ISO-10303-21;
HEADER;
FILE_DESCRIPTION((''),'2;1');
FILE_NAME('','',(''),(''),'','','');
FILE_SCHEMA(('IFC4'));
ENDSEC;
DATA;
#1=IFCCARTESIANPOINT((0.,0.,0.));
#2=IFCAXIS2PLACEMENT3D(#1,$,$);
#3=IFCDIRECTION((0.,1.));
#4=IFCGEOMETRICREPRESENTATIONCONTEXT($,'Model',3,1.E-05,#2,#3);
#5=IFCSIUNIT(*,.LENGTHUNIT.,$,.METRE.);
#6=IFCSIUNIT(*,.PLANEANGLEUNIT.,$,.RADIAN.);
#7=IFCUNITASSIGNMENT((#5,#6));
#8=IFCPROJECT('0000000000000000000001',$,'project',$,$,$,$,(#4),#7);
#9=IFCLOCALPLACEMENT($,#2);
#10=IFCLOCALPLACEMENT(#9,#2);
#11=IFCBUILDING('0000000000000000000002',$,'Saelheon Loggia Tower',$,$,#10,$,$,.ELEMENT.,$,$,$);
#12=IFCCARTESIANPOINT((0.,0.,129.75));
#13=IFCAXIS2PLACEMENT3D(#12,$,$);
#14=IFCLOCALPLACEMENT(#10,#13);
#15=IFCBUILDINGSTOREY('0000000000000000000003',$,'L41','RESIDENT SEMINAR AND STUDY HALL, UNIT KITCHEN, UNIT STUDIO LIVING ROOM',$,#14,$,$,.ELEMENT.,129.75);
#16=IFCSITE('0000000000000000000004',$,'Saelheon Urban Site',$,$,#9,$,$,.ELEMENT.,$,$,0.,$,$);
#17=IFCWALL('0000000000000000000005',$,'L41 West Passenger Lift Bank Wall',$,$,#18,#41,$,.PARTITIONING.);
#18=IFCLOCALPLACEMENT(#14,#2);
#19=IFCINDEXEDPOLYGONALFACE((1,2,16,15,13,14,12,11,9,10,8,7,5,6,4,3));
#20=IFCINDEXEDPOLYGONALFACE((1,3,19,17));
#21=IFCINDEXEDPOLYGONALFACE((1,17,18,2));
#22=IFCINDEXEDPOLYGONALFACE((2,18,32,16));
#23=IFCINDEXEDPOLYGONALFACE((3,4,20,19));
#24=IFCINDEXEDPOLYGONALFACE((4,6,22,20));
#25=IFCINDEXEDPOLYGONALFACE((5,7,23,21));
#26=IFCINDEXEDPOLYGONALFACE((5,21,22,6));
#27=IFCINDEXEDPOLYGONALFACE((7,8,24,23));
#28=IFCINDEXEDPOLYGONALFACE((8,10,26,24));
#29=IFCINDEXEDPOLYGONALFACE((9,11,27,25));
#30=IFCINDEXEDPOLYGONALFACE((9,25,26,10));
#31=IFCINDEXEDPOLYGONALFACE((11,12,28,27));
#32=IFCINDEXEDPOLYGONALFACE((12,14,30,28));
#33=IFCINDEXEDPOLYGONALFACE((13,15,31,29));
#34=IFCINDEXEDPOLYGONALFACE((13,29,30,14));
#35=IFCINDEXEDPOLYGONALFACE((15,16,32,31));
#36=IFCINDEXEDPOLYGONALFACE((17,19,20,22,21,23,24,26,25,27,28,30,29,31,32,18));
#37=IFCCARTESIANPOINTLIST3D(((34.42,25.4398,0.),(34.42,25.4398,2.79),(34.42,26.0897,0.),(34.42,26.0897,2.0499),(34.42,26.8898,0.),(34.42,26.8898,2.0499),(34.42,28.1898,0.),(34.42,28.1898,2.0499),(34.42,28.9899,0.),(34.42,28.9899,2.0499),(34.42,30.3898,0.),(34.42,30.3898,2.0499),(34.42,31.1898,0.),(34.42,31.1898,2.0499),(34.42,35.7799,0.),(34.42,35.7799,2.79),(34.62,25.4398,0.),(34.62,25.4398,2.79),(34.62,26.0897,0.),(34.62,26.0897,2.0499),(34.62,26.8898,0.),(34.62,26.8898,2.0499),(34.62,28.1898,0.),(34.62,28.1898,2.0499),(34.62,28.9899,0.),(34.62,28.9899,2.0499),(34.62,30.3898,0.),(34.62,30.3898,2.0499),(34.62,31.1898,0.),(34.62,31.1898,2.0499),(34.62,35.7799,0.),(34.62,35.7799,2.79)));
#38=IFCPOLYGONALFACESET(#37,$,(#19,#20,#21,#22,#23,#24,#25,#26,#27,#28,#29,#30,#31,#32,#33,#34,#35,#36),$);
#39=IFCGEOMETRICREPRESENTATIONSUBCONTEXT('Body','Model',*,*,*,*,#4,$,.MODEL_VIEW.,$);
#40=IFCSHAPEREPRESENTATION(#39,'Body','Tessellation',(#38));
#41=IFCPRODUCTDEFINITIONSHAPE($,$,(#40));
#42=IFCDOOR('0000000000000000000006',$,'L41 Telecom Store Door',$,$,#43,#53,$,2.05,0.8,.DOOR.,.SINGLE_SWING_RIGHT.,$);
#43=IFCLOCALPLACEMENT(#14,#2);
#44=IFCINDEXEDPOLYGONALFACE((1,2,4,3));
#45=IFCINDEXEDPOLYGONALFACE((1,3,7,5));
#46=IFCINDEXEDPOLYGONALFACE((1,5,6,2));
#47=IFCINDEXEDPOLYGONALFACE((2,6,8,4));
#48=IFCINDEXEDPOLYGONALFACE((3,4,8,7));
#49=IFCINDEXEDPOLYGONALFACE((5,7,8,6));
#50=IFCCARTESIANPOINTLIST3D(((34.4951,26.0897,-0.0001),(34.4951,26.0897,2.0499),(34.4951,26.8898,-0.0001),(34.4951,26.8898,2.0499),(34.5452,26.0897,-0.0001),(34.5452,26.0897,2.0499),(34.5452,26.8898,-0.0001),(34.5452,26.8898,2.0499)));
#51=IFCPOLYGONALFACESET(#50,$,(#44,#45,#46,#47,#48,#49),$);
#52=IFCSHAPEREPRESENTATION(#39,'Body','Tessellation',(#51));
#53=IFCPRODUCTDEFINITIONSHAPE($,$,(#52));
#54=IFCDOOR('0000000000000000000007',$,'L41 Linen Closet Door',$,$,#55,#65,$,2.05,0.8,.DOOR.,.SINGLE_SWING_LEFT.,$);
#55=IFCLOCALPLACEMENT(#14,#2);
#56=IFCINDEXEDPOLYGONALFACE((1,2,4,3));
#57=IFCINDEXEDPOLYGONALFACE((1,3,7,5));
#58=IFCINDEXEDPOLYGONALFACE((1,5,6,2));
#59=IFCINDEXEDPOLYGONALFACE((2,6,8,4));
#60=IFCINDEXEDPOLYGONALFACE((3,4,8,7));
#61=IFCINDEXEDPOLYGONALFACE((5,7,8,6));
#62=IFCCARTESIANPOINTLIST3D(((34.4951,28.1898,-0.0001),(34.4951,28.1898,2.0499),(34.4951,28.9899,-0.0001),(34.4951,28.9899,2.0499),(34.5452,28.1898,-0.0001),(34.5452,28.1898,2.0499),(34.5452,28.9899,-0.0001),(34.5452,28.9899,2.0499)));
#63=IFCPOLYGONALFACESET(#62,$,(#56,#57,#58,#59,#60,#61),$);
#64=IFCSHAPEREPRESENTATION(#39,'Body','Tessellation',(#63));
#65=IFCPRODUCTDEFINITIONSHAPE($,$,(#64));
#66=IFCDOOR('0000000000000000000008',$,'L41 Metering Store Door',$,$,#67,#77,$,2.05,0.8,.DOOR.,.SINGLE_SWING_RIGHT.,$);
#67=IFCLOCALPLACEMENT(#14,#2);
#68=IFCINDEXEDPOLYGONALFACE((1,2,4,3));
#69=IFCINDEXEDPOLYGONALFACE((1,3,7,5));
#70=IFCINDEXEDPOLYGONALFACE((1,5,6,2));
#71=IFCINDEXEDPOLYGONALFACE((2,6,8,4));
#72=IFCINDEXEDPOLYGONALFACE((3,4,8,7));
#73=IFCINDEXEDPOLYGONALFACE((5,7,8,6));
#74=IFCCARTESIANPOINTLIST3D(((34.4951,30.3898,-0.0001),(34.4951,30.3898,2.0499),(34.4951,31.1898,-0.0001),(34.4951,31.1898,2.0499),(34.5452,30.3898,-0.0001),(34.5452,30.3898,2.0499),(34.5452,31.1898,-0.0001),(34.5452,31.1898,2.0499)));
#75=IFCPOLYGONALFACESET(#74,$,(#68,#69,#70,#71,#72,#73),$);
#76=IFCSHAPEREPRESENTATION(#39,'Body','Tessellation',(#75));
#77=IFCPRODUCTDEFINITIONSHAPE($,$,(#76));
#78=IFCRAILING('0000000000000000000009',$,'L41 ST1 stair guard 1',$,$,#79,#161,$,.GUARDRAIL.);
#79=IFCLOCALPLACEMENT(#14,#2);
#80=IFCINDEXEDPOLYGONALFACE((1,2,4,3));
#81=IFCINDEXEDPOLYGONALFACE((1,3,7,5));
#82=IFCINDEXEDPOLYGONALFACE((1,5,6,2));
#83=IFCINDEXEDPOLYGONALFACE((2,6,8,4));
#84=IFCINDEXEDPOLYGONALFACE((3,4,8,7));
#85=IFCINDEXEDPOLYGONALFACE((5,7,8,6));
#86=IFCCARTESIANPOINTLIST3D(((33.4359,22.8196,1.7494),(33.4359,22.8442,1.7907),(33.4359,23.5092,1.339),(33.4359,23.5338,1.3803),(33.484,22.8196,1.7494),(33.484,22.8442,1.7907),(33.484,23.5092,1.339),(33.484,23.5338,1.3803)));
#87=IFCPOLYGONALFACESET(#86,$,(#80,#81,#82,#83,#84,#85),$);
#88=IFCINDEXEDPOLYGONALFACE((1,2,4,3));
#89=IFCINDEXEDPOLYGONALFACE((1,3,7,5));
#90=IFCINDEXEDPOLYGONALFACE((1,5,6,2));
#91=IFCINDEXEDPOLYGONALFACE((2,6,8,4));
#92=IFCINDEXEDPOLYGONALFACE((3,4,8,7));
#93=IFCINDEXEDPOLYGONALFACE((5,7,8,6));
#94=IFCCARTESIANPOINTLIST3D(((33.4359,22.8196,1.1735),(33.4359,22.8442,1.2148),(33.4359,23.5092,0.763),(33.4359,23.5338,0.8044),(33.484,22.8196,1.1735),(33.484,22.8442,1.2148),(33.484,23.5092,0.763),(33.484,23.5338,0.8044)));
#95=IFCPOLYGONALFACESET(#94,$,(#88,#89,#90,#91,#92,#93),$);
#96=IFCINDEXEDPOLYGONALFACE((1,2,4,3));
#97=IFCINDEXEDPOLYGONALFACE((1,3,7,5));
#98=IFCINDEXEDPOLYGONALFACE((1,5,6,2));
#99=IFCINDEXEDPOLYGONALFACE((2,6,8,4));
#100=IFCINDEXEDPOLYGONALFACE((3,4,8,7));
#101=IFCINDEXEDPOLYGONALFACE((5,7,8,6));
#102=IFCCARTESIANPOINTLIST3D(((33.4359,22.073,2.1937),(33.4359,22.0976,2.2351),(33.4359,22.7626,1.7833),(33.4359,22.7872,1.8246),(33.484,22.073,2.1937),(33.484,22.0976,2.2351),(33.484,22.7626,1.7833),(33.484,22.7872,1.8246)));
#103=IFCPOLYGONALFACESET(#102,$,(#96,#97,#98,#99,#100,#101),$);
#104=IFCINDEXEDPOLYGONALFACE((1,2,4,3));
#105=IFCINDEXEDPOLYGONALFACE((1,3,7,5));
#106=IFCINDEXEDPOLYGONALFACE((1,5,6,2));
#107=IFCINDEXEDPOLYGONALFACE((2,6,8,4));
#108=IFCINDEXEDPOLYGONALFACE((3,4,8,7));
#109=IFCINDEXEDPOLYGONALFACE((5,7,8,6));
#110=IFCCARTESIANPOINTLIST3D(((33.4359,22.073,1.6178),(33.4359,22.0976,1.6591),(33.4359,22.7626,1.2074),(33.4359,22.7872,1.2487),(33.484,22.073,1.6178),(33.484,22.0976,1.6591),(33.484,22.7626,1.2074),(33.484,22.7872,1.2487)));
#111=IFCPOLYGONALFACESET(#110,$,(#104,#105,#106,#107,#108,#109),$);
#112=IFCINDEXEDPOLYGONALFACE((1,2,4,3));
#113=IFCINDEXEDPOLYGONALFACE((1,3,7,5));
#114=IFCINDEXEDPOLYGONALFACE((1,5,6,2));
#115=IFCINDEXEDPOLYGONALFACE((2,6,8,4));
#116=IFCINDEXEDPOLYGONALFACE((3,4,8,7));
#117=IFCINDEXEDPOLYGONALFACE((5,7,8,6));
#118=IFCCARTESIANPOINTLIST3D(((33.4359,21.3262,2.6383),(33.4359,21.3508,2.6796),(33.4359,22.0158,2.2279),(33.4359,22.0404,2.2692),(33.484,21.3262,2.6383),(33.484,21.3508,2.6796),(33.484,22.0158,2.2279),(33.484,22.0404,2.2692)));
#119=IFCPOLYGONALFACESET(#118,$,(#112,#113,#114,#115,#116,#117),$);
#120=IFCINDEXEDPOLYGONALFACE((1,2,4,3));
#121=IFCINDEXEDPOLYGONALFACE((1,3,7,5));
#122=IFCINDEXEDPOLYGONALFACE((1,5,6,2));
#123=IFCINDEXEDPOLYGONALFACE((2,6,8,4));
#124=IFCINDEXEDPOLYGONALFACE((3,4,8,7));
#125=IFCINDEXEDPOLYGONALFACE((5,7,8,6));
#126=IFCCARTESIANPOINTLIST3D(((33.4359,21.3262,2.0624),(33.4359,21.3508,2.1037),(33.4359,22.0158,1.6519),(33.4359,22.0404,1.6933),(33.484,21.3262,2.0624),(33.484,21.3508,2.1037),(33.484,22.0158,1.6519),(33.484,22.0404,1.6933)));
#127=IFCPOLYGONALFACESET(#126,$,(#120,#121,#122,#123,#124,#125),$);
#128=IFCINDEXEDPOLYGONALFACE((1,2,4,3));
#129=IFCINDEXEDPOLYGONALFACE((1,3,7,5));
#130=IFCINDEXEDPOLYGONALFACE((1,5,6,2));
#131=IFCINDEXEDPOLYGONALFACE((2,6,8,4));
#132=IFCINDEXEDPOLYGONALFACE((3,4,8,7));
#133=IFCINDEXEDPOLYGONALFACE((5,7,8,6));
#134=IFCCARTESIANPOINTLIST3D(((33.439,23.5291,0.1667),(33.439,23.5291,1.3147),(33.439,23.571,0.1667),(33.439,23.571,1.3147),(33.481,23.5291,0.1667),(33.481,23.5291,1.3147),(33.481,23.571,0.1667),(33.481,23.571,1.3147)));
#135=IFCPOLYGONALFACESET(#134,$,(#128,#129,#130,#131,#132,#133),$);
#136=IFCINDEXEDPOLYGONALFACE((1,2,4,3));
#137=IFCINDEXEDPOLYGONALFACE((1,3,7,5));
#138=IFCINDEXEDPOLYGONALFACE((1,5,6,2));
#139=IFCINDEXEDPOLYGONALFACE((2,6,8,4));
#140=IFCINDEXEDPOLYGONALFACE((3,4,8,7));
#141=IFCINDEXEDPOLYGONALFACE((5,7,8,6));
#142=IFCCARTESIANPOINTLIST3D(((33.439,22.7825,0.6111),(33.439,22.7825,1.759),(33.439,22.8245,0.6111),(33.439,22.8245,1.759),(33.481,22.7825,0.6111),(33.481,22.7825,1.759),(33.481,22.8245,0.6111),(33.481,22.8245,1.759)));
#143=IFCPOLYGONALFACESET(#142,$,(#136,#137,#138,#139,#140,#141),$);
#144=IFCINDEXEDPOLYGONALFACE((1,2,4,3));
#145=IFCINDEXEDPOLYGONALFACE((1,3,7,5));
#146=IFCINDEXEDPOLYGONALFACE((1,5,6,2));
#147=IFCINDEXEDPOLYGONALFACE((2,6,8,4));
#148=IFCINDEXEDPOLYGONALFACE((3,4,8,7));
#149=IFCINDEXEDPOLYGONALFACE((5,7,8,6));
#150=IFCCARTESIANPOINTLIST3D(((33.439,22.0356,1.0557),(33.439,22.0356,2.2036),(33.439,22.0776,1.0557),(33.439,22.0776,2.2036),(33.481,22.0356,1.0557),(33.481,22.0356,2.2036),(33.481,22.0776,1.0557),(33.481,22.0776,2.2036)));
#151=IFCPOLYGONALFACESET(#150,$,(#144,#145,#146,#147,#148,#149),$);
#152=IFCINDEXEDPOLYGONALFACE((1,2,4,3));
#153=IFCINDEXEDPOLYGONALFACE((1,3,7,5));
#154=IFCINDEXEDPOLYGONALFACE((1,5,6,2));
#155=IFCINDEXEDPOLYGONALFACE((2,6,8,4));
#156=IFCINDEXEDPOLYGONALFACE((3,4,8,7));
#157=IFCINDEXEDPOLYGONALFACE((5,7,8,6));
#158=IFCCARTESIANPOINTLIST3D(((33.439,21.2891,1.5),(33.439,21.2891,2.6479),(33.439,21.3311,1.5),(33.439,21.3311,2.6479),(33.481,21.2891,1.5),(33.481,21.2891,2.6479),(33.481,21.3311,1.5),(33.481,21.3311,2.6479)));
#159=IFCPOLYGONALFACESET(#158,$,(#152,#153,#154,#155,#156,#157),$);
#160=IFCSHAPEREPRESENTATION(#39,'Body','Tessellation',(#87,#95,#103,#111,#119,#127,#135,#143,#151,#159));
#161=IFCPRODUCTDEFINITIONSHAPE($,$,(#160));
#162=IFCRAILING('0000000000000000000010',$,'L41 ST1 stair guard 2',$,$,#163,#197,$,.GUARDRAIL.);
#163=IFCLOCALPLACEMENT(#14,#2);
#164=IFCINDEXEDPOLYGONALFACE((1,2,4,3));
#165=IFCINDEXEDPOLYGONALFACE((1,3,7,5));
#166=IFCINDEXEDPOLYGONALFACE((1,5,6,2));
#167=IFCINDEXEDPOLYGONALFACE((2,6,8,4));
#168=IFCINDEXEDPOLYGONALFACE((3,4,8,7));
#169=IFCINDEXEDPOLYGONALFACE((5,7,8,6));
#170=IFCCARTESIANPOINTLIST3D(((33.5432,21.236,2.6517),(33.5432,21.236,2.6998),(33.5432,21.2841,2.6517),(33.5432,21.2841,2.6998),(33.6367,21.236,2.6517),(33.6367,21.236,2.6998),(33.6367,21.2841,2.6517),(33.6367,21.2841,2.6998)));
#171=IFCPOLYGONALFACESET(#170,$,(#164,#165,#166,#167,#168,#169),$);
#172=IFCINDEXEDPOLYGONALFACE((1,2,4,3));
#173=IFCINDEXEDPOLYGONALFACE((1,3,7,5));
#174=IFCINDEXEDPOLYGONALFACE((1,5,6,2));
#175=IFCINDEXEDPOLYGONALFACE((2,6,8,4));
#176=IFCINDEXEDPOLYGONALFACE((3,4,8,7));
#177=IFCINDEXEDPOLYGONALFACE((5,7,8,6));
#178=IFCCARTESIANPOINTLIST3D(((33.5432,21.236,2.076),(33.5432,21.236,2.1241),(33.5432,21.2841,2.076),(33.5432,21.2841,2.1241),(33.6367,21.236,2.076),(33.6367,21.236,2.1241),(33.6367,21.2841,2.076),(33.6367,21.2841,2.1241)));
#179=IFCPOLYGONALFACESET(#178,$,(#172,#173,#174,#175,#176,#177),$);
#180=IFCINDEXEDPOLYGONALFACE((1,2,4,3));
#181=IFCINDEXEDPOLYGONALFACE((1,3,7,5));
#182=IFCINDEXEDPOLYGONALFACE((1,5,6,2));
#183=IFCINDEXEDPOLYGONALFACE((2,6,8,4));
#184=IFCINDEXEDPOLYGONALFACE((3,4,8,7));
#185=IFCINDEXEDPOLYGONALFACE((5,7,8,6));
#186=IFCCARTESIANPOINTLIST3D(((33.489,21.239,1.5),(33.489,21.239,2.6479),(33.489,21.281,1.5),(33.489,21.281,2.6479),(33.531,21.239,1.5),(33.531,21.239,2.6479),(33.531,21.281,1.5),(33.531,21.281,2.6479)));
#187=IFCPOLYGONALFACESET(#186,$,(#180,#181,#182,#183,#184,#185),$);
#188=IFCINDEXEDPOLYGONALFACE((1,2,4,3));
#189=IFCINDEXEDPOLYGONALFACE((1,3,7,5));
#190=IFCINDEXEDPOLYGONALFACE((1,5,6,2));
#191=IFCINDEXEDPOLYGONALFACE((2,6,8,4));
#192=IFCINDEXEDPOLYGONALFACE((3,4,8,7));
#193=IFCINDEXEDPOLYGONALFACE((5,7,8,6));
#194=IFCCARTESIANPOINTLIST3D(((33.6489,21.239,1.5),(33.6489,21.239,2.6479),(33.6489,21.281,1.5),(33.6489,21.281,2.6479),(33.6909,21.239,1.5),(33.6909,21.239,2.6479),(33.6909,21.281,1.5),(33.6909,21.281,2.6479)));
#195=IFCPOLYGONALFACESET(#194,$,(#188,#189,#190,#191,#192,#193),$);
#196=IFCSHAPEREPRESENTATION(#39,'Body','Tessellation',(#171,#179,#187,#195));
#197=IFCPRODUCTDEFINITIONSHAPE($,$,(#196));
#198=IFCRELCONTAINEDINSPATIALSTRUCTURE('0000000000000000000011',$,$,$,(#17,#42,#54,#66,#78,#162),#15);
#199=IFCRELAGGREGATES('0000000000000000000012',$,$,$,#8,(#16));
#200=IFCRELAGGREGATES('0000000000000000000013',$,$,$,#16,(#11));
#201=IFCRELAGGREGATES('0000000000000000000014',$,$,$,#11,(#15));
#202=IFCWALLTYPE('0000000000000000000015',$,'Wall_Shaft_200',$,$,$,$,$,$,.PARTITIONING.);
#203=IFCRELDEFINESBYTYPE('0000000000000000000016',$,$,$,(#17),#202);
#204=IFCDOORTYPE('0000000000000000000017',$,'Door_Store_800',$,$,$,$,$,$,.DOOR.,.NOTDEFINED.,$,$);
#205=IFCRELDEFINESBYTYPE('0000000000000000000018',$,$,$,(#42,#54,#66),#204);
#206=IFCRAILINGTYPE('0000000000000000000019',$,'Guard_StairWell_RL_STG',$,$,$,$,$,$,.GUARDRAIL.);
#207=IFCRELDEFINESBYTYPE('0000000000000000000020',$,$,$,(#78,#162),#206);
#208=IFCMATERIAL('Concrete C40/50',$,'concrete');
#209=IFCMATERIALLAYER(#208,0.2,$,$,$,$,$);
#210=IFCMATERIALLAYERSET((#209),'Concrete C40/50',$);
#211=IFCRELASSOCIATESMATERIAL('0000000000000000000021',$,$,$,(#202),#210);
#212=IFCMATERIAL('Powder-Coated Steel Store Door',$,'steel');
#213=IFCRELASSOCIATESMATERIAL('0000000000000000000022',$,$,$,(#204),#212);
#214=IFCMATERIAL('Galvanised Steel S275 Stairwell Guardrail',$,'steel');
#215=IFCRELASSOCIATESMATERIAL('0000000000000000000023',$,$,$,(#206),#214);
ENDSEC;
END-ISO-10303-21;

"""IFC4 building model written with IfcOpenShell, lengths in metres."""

from ifc_helpers import new_model, si_unit, direction, frame, frame_2d, origin, origin_2d, place, context, subcontext, project, spatial, rectangle, extrude, source, transform, mapped, material, layer, layer_set, type_object, element, fill, save


model = new_model("IFC4")

# Units and contexts
model_context = context("Model", 3, precision=1e-05, world=origin(), true_north=direction((0.0, 1.0)))
body_context = subcontext(model_context, "Body", "Model", "MODEL_VIEW")
ifc_project = project(units=[si_unit("LENGTHUNIT", "METRE"), si_unit("PLANEANGLEUNIT", "RADIAN")], contexts=[model_context])

# Site, building, storey
site_placement = place(None, origin())
site = spatial("IfcSite", under=ifc_project, at=site_placement, Name="Saelheon Urban Site", CompositionType="ELEMENT", RefElevation=0.0)
building_placement = place(site_placement, origin())
building = spatial("IfcBuilding", under=site, at=building_placement, Name="Saelheon Loggia Tower", CompositionType="ELEMENT")
storey_placement = place(building_placement, frame((0.0, 0.0, 129.75)))
storey = spatial("IfcBuildingStorey", under=building, at=storey_placement, Name="L41", Description="RESIDENT SEMINAR AND STUDY HALL, UNIT KITCHEN, UNIT STUDIO LIVING ROOM", CompositionType="ELEMENT", Elevation=129.75)

# Shared definitions
ifc_material_1 = material(Name="Concrete C40/50", Category="concrete")
ifc_layer = layer(ifc_material_1, 0.2)
ifc_layer_set = layer_set([ifc_layer], Name="Concrete C40/50")
wall_type = type_object("IfcWallType", Name="Wall_Shaft_200", PredefinedType="PARTITIONING", material=ifc_layer_set)
ifc_material_2 = material(Name="Powder-Coated Steel Store Door", Category="steel")
door_type_1 = type_object("IfcDoorType", Name="Door_Store_800", OperationType="NOTDEFINED", PredefinedType="DOOR", material=ifc_material_2)
shared_shape_1 = source(origin(), body_context, "Body", "SweptSolid", [
    extrude(rectangle(XDim=0.8, YDim=2.05, at=frame_2d((0.3999, 1.0249))), frame((0.0, 0.0249, 0.0), z_axis=(0.0, -1.0, 0.0), x_axis=(1.0, 0.0, 0.0)), (0.0, 0.0, 1.0), 0.05),
])

# Wall, openings, doors
wall_1_placement = place(storey_placement, frame((34.52, 25.4399, 0.0), z_axis=(0.0, 0.0, 1.0), x_axis=(0.0, 1.0, 0.0)))
wall_1 = element("IfcWall", 1, at=wall_1_placement, inside=storey, type_object=wall_type, Name="L41 West Passenger Lift Bank Wall", PredefinedType="PARTITIONING", context=body_context, shape_type="SweptSolid", body=[
    extrude(rectangle(XDim=10.3401, YDim=0.2, at=frame_2d((5.1699, 0.0))), origin(), (0.0, 0.0, 1.0), 2.79),
])
opening_1_placement = place(wall_1_placement, frame((0.6499, 0.0, 0.0)))
opening_1 = element("IfcOpeningElement", 2, at=opening_1_placement, cuts=wall_1, PredefinedType="OPENING", context=body_context, shape_type="SweptSolid", body=[
    extrude(rectangle(XDim=0.8, YDim=2.05, at=frame_2d((0.3999, 1.0249))), frame((0.0, 0.1121, 0.0), z_axis=(0.0, -1.0, 0.0), x_axis=(1.0, 0.0, 0.0)), (0.0, 0.0, 1.0), 0.2239),
])
opening_2_placement = place(wall_1_placement, frame((2.75, 0.0, 0.0)))
opening_2 = element("IfcOpeningElement", 3, at=opening_2_placement, cuts=wall_1, PredefinedType="OPENING", context=body_context, shape_type="SweptSolid", body=[
    extrude(rectangle(XDim=0.8, YDim=2.05, at=frame_2d((0.3999, 1.0249))), frame((0.0, 0.1121, 0.0), z_axis=(0.0, -1.0, 0.0), x_axis=(1.0, 0.0, 0.0)), (0.0, 0.0, 1.0), 0.2239),
])
opening_3_placement = place(wall_1_placement, frame((4.95, 0.0, 0.0)))
opening_3 = element("IfcOpeningElement", 4, at=opening_3_placement, cuts=wall_1, PredefinedType="OPENING", context=body_context, shape_type="SweptSolid", body=[
    extrude(rectangle(XDim=0.8, YDim=2.05, at=frame_2d((0.3999, 1.0249))), frame((0.0, 0.1121, 0.0), z_axis=(0.0, -1.0, 0.0), x_axis=(1.0, 0.0, 0.0)), (0.0, 0.0, 1.0), 0.2239),
])
door_1_placement = place(opening_1_placement, origin())
door_1 = element("IfcDoor", 5, at=door_1_placement, inside=storey, type_object=door_type_1, Name="L41 Telecom Store Door", OperationType="SINGLE_SWING_RIGHT", OverallHeight=2.05, OverallWidth=0.8, PredefinedType="DOOR", context=body_context, shape_type="MappedRepresentation", body=[
    mapped(shared_shape_1, transform((0.0, 0.0, 0.0), scale=1.0)),
])
fill(opening_1, door_1)
door_2_placement = place(opening_2_placement, origin())
door_2 = element("IfcDoor", 6, at=door_2_placement, inside=storey, type_object=door_type_1, Name="L41 Linen Closet Door", OperationType="SINGLE_SWING_LEFT", OverallHeight=2.05, OverallWidth=0.8, PredefinedType="DOOR", context=body_context, shape_type="MappedRepresentation", body=[
    mapped(shared_shape_1, transform((0.0, 0.0, 0.0), scale=1.0)),
])
fill(opening_2, door_2)
door_3_placement = place(opening_3_placement, origin())
door_3 = element("IfcDoor", 7, at=door_3_placement, inside=storey, type_object=door_type_1, Name="L41 Metering Store Door", OperationType="SINGLE_SWING_RIGHT", OverallHeight=2.05, OverallWidth=0.8, PredefinedType="DOOR", context=body_context, shape_type="MappedRepresentation", body=[
    mapped(shared_shape_1, transform((0.0, 0.0, 0.0), scale=1.0)),
])
fill(opening_3, door_3)

# Railings
ifc_material_3 = material(Name="Galvanised Steel S275 Stairwell Guardrail", Category="steel")
railing_type_1 = type_object("IfcRailingType", Name="Guard_StairWell_RL_STG", PredefinedType="GUARDRAIL", material=ifc_material_3)
railing_1_placement = place(storey_placement, frame((33.46, 23.55, 0.1667)))
element("IfcRailing", 8, at=railing_1_placement, inside=storey, type_object=railing_type_1, Name="L41 ST1 stair guard 1", PredefinedType="GUARDRAIL", context=body_context, shape_type="SweptSolid", body=[
    extrude(rectangle(XDim=0.0481, YDim=0.0481, at=origin_2d()), frame((0.0, -0.0286, 1.1929), z_axis=(0.0, -0.859306, 0.511462), x_axis=(1.0, 0.0, 0.0)), (0.0, 0.0, 1.0), 0.8025),
    extrude(rectangle(XDim=0.0481, YDim=0.0481, at=origin_2d()), frame((0.0, -0.0286, 0.6169), z_axis=(0.0, -0.859306, 0.511462), x_axis=(1.0, 0.0, 0.0)), (0.0, 0.0, 1.0), 0.8025),
    extrude(rectangle(XDim=0.0481, YDim=0.0481, at=origin_2d()), frame((0.0, -0.7751, 1.6372), z_axis=(0.0, -0.859306, 0.511462), x_axis=(1.0, 0.0, 0.0)), (0.0, 0.0, 1.0), 0.8025),
    extrude(rectangle(XDim=0.0481, YDim=0.0481, at=origin_2d()), frame((0.0, -0.7751, 1.0613), z_axis=(0.0, -0.859306, 0.511462), x_axis=(1.0, 0.0, 0.0)), (0.0, 0.0, 1.0), 0.8025),
    extrude(rectangle(XDim=0.0481, YDim=0.0481, at=origin_2d()), frame((0.0, -1.522, 2.0818), z_axis=(0.0, -0.859306, 0.511462), x_axis=(1.0, 0.0, 0.0)), (0.0, 0.0, 1.0), 0.8025),
    extrude(rectangle(XDim=0.0481, YDim=0.0481, at=origin_2d()), frame((0.0, -1.522, 1.5059), z_axis=(0.0, -0.859306, 0.511462), x_axis=(1.0, 0.0, 0.0)), (0.0, 0.0, 1.0), 0.8025),
    extrude(rectangle(XDim=0.042, YDim=0.042, at=origin_2d()), origin(), (0.0, 0.0, 1.0), 1.1479),
    extrude(rectangle(XDim=0.042, YDim=0.042, at=origin_2d()), frame((0.0, -0.7466, 0.4443)), (0.0, 0.0, 1.0), 1.1479),
    extrude(rectangle(XDim=0.042, YDim=0.042, at=origin_2d()), frame((0.0, -1.4934, 0.8889)), (0.0, 0.0, 1.0), 1.1479),
    extrude(rectangle(XDim=0.042, YDim=0.042, at=origin_2d()), frame((0.0, -2.24, 1.3333)), (0.0, 0.0, 1.0), 1.1479),
])
railing_2_placement = place(storey_placement, frame((33.51, 21.26, 1.5)))
element("IfcRailing", 9, at=railing_2_placement, inside=storey, type_object=railing_type_1, Name="L41 ST1 stair guard 2", PredefinedType="GUARDRAIL", context=body_context, shape_type="SweptSolid", body=[
    extrude(rectangle(XDim=0.0481, YDim=0.0481, at=origin_2d()), frame((0.0332, 0.0, 1.1758), z_axis=(1.0, 0.0, 0.0), x_axis=(0.0, 1.0, 0.0)), (0.0, 0.0, 1.0), 0.0935),
    extrude(rectangle(XDim=0.0481, YDim=0.0481, at=origin_2d()), frame((0.0332, 0.0, 0.6001), z_axis=(1.0, 0.0, 0.0), x_axis=(0.0, 1.0, 0.0)), (0.0, 0.0, 1.0), 0.0935),
    extrude(rectangle(XDim=0.042, YDim=0.042, at=origin_2d()), origin(), (0.0, 0.0, 1.0), 1.1479),
    extrude(rectangle(XDim=0.042, YDim=0.042, at=origin_2d()), frame((0.1599, 0.0, 0.0)), (0.0, 0.0, 1.0), 1.1479),
])

save(model, "model.ifc")
